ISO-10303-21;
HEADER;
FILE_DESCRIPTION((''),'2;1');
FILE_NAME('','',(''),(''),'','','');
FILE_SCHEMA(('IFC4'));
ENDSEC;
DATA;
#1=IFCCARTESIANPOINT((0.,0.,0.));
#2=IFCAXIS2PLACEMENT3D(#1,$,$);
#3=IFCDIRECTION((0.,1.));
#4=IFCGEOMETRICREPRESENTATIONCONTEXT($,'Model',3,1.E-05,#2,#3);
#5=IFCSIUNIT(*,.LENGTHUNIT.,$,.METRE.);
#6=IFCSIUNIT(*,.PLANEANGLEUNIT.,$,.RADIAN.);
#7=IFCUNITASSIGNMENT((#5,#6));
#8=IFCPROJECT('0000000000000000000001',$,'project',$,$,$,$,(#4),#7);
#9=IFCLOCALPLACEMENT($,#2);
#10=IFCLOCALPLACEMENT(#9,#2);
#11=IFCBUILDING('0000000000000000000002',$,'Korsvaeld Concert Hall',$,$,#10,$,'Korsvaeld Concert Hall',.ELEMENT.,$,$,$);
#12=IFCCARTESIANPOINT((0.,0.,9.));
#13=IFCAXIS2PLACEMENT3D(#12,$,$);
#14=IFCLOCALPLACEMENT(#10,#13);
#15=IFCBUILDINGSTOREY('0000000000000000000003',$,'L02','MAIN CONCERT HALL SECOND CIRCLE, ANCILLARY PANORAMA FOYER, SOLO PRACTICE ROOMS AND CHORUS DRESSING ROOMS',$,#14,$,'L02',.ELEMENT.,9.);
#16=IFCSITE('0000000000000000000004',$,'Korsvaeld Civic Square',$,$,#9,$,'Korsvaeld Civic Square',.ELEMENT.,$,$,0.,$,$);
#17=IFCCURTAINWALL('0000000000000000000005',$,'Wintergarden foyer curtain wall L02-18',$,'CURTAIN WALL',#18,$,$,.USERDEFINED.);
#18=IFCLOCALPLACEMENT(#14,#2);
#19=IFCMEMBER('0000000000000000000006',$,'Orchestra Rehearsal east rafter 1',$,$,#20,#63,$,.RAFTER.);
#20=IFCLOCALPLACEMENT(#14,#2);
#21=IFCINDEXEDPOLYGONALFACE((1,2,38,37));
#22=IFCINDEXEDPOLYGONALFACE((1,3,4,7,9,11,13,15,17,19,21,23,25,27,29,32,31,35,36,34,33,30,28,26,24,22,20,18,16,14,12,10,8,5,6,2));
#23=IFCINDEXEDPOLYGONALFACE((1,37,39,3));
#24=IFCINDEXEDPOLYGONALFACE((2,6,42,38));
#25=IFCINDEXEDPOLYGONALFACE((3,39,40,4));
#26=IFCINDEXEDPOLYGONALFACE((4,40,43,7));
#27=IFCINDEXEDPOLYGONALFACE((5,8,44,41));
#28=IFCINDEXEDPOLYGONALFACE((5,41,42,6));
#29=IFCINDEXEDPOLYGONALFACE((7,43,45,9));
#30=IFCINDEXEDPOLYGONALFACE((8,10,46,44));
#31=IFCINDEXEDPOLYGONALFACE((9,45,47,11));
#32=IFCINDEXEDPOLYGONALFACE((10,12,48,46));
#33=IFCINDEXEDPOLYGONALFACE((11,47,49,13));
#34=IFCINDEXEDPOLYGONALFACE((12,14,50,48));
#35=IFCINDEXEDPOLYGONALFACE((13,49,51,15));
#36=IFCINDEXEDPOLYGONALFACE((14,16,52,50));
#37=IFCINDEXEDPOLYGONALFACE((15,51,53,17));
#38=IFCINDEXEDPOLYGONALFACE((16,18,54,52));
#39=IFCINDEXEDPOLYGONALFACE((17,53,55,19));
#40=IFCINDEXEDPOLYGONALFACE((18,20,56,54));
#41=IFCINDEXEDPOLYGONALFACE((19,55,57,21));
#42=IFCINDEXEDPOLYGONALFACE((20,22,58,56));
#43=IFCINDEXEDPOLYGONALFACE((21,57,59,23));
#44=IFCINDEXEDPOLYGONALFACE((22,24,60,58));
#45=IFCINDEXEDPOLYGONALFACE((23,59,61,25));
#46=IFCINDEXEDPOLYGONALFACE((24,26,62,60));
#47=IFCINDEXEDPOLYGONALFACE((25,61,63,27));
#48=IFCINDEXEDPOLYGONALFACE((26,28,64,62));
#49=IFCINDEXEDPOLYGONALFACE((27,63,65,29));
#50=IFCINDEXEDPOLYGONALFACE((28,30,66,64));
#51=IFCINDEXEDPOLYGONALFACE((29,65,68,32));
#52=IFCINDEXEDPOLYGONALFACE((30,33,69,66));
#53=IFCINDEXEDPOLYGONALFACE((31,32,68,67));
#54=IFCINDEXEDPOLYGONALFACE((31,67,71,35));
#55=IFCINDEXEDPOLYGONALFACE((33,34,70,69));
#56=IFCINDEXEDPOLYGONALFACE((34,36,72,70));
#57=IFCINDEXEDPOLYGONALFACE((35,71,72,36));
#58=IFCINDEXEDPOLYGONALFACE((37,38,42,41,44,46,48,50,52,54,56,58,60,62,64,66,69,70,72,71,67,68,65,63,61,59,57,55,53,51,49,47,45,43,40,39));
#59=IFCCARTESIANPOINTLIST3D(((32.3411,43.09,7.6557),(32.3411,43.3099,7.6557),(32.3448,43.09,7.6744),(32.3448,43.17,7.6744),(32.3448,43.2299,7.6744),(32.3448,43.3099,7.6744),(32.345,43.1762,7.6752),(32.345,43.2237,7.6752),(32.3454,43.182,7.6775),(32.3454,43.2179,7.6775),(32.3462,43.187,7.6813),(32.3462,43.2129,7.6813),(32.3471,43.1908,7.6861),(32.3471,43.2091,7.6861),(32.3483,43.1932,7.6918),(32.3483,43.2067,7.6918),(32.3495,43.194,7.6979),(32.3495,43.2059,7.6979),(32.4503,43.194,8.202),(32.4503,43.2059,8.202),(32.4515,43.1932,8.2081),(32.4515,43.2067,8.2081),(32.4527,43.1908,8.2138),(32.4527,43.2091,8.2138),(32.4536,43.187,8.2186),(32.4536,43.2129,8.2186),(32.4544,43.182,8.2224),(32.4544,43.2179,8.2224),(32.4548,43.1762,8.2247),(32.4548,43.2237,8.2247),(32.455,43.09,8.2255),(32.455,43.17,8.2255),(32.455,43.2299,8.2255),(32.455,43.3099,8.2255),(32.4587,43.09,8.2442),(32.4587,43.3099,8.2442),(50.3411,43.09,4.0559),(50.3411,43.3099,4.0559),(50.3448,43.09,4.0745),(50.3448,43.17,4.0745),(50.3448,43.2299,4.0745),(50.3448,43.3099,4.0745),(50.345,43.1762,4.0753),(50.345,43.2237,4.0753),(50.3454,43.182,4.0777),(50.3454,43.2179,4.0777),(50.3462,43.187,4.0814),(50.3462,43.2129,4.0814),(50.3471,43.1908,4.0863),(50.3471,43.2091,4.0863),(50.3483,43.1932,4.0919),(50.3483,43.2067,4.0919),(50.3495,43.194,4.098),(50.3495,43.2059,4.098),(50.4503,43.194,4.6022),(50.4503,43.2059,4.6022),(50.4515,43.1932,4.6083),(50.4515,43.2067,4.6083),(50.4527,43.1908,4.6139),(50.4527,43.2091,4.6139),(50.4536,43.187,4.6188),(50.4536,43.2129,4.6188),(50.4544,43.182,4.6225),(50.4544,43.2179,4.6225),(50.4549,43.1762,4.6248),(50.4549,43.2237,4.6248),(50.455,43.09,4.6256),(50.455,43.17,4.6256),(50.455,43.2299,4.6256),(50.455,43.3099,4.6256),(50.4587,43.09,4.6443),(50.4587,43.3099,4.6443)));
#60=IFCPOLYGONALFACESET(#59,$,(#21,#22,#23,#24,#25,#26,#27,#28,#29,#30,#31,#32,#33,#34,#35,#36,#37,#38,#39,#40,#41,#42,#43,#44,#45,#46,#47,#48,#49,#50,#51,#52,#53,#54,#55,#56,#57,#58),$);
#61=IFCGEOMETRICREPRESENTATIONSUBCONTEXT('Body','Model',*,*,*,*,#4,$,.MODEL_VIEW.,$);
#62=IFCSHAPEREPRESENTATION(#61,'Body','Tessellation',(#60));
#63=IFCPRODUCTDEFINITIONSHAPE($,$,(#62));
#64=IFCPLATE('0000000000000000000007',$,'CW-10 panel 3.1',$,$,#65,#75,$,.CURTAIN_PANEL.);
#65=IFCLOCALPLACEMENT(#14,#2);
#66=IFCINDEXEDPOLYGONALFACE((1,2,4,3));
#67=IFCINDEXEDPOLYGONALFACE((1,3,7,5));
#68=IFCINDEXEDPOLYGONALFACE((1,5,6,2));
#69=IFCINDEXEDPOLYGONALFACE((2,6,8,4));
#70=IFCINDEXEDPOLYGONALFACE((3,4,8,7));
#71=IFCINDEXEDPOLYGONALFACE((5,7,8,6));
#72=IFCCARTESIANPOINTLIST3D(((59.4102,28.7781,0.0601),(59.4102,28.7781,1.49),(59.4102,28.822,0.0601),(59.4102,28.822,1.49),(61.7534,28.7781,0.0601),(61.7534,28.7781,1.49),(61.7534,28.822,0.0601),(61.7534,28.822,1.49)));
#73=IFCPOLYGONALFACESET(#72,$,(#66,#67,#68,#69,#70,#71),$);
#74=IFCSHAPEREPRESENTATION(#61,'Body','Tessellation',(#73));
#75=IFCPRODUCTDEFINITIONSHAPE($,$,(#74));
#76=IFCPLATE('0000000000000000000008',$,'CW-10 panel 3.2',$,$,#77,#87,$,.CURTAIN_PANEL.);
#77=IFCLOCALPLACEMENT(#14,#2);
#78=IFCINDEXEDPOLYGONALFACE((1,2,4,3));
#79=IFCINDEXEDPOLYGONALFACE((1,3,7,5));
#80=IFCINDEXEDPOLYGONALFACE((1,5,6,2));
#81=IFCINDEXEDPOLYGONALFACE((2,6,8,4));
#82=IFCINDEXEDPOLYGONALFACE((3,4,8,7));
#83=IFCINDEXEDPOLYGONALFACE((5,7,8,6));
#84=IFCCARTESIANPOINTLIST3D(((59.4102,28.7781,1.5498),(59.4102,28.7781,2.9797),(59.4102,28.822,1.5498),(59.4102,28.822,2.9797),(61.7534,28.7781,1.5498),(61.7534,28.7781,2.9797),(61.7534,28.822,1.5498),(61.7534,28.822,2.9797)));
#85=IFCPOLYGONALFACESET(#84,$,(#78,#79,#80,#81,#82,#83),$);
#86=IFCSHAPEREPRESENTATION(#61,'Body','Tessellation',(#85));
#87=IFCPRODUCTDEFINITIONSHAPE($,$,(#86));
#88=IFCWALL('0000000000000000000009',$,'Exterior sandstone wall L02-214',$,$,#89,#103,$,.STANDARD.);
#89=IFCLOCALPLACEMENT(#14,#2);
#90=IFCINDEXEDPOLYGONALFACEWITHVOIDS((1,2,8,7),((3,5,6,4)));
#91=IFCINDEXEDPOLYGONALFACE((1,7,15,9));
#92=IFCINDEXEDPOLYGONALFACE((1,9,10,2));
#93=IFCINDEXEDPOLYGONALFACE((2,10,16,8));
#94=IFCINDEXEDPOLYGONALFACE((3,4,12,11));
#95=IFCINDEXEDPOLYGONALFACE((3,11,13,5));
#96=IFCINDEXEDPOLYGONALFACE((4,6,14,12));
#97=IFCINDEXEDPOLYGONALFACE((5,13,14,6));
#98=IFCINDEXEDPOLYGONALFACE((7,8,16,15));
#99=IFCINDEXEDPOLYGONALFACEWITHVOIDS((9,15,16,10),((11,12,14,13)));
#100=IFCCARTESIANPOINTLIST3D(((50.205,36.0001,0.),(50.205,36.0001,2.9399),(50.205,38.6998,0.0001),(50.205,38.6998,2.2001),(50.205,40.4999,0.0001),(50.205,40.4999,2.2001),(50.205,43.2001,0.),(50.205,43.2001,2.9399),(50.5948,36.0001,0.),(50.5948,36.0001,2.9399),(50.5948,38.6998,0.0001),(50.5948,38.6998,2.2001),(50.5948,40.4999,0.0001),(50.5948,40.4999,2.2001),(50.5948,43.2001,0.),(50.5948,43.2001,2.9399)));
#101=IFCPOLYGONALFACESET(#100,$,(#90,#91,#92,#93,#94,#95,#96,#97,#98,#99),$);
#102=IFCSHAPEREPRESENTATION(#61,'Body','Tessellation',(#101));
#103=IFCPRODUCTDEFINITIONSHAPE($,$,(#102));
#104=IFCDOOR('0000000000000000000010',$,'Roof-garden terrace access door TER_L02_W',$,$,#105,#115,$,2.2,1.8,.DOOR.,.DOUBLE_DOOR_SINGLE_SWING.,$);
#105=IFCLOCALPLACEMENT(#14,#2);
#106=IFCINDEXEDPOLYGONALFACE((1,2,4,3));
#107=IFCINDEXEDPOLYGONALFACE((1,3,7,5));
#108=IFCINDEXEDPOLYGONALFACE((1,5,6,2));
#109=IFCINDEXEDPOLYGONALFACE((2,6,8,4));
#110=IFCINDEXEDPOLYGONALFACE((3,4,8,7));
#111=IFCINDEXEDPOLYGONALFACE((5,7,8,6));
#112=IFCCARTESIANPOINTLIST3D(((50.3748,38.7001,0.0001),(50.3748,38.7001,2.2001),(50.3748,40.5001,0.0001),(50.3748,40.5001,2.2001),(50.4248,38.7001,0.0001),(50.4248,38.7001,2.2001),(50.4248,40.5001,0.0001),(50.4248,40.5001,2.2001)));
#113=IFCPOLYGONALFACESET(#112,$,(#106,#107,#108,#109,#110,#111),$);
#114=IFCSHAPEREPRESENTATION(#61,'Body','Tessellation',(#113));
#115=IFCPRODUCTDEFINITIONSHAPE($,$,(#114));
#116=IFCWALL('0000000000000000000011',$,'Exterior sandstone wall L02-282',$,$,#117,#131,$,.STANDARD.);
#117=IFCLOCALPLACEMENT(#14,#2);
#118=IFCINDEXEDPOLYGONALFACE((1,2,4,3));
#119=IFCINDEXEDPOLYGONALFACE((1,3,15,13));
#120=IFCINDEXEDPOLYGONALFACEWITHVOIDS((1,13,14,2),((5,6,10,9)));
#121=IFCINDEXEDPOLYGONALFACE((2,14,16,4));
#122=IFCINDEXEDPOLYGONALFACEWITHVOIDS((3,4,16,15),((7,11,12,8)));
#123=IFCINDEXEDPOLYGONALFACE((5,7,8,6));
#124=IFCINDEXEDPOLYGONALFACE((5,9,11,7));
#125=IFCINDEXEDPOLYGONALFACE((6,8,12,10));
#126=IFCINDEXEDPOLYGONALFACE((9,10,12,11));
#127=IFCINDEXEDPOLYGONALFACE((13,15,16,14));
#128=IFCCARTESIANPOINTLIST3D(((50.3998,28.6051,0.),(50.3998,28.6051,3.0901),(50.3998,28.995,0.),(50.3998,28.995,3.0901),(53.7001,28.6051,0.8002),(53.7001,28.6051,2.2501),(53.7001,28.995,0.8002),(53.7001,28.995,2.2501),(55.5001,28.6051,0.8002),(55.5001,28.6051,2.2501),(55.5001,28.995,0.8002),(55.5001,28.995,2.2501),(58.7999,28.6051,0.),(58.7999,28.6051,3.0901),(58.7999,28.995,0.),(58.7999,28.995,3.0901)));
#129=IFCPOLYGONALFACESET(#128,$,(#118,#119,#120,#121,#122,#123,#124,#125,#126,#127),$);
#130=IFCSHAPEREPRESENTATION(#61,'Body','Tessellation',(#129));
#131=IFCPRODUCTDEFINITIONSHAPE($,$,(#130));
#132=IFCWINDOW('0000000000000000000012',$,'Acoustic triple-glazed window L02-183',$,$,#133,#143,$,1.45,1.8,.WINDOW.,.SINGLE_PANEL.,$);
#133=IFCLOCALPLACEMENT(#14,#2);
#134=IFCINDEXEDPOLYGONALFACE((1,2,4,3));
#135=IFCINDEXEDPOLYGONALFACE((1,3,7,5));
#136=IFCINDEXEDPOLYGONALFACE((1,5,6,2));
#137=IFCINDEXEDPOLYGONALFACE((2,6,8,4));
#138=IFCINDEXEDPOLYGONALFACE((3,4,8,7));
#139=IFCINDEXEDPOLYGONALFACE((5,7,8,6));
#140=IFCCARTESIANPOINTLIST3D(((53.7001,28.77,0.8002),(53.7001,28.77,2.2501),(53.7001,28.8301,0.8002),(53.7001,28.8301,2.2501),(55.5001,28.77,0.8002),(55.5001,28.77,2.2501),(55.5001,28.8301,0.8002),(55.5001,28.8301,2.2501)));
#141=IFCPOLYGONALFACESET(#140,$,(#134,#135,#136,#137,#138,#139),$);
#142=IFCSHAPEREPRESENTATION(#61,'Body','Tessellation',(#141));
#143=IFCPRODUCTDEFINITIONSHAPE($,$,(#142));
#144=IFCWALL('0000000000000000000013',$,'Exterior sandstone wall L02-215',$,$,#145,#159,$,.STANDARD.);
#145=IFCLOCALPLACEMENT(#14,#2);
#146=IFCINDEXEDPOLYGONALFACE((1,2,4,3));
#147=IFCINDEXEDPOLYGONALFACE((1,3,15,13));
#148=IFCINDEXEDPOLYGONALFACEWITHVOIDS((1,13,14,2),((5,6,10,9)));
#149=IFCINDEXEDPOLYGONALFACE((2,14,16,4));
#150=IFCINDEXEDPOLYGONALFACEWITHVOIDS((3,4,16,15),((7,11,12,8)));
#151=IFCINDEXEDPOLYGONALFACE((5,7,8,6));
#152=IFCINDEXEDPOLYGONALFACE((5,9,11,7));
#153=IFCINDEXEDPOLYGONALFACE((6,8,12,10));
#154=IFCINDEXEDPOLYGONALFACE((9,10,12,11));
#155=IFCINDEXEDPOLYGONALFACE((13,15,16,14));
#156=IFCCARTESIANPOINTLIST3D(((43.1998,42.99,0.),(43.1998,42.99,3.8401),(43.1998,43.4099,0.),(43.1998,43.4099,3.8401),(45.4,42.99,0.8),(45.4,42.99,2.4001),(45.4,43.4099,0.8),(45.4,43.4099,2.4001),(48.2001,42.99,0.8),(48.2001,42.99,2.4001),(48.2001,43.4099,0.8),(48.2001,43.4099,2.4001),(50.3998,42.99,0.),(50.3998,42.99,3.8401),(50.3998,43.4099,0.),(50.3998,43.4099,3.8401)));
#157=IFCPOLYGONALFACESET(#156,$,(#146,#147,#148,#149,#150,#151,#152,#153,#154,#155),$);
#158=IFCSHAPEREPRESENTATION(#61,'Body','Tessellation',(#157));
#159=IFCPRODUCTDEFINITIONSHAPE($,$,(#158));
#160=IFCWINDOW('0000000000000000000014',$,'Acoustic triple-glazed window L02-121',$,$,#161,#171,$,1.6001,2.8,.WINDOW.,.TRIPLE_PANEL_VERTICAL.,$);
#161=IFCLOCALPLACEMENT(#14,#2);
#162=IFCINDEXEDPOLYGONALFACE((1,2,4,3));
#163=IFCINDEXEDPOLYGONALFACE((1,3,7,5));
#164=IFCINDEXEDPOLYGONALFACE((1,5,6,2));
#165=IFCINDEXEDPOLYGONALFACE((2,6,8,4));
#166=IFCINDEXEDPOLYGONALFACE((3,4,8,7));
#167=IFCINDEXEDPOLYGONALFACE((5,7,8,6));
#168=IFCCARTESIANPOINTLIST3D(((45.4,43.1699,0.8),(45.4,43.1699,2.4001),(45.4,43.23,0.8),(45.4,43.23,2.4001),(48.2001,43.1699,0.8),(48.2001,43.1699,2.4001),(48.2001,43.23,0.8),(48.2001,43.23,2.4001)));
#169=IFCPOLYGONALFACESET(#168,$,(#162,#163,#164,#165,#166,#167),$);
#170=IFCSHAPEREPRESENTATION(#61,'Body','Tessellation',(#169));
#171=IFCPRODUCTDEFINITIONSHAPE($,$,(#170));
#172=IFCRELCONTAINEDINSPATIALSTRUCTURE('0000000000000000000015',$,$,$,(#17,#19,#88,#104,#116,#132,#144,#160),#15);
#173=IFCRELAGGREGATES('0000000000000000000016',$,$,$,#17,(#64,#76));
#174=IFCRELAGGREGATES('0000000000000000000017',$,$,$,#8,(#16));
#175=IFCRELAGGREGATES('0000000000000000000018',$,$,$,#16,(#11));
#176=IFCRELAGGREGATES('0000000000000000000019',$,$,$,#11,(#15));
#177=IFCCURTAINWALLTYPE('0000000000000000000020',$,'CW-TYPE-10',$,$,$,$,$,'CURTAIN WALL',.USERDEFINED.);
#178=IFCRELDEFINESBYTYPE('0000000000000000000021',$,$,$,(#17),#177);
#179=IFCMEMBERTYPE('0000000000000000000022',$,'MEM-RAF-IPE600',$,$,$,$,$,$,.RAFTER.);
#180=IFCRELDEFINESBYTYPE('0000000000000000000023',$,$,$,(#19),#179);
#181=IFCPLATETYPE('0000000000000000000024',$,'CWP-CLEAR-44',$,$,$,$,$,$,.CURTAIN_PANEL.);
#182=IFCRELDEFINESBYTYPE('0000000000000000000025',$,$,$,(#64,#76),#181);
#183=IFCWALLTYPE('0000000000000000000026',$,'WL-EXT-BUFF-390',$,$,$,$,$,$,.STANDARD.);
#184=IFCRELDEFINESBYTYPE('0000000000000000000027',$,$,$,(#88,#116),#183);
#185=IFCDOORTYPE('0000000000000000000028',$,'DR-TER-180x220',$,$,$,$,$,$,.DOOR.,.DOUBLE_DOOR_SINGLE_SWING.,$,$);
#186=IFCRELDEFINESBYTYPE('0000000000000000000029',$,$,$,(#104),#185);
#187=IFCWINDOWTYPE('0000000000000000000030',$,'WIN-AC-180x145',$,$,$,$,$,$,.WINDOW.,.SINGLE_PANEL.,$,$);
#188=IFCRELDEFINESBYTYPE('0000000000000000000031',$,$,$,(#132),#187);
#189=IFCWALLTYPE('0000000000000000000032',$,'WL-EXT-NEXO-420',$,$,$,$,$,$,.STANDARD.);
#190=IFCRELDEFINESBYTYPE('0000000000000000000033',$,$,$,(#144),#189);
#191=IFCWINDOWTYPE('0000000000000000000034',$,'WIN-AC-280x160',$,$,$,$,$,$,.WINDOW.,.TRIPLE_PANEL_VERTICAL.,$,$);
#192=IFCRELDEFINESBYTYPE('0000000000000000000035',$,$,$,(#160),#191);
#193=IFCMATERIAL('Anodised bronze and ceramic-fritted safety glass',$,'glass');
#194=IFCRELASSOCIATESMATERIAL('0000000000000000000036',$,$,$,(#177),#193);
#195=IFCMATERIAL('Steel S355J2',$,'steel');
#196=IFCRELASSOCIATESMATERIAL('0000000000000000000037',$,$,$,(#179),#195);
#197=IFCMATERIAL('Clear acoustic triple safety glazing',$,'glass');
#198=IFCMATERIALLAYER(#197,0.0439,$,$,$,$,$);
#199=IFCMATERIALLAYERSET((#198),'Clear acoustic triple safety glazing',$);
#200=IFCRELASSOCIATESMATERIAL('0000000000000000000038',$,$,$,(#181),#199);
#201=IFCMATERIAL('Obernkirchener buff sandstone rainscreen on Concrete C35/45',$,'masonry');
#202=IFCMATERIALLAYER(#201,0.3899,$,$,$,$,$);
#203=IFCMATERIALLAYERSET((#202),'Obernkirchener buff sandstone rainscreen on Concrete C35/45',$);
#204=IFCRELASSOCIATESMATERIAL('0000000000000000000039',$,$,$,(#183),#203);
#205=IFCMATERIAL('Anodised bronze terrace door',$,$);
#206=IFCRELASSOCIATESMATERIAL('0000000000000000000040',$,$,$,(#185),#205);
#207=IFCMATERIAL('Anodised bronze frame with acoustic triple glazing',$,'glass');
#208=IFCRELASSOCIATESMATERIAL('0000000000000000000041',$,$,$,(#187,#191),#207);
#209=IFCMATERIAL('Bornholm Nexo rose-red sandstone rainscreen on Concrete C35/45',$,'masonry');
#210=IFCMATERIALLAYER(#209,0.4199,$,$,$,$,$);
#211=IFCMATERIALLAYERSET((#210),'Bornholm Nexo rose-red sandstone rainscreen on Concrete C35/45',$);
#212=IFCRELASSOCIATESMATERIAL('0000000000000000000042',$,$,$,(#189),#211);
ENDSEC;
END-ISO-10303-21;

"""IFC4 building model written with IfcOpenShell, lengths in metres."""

from ifc_helpers import new_model, si_unit, direction, frame, frame_2d, origin, origin_2d, place, context, subcontext, project, spatial, rectangle, i_section, extrude, material, layer, layer_set, material_profile, profile_set, type_object, element, fill, aggregate, save


model = new_model("IFC4")

# Units and contexts
model_context = context("Model", 3, precision=1e-05, world=origin(), true_north=direction((0.0, 1.0)))
body_context = subcontext(model_context, "Body", "Model", "MODEL_VIEW")
ifc_project = project(units=[si_unit("LENGTHUNIT", "METRE"), si_unit("PLANEANGLEUNIT", "RADIAN")], contexts=[model_context])

# Site, building, storey
site_placement = place(None, origin())
site = spatial("IfcSite", under=ifc_project, at=site_placement, Name="Korsvaeld Civic Square", LongName="Korsvaeld Civic Square", CompositionType="ELEMENT", RefElevation=0.0)
building_placement = place(site_placement, origin())
building = spatial("IfcBuilding", under=site, at=building_placement, Name="Korsvaeld Concert Hall", LongName="Korsvaeld Concert Hall", CompositionType="ELEMENT")
storey_placement = place(building_placement, frame((0.0, 0.0, 9.0)))
storey = spatial("IfcBuildingStorey", under=building, at=storey_placement, Name="L02", Description="MAIN CONCERT HALL SECOND CIRCLE, ANCILLARY PANORAMA FOYER, SOLO PRACTICE ROOMS AND CHORUS DRESSING ROOMS", LongName="L02", CompositionType="ELEMENT", Elevation=9.0)

# Shared definitions
ifc_material_1 = material(Name="Steel S355J2", Category="steel")

# Curtain wall
ifc_material_2 = material(Name="Anodised bronze and ceramic-fritted safety glass", Category="glass")
curtain_wall_type_1 = type_object("IfcCurtainWallType", Name="CW-TYPE-10", ElementType="CURTAIN WALL", PredefinedType="USERDEFINED", material=ifc_material_2)
curtain_wall_1_placement = place(storey_placement, origin())
curtain_wall_1 = element("IfcCurtainWall", 1, at=curtain_wall_1_placement, inside=storey, type_object=curtain_wall_type_1, Name="Wintergarden foyer curtain wall L02-18", ObjectType="CURTAIN WALL", PredefinedType="USERDEFINED")

# Member
ifc_material_profile_1 = material_profile(ifc_material_1, i_section(OverallWidth=0.22, OverallDepth=0.6001, WebThickness=0.012, FlangeThickness=0.019, FilletRadius=0.0239, at=origin_2d()), Name="IPE 600")
ifc_profile_set_1 = profile_set([ifc_material_profile_1], Name="Steel S355J2")
member_type_1 = type_object("IfcMemberType", Name="MEM-RAF-IPE600", PredefinedType="RAFTER", material=ifc_profile_set_1)
member_1_placement = place(storey_placement, frame((50.3999, 43.2, 4.3501), z_axis=(-0.980582, 0.0, 0.196108), x_axis=(0.0, -1.0, 0.0)))
element("IfcMember", 2, at=member_1_placement, inside=storey, type_object=member_type_1, Name="Orchestra Rehearsal east rafter 1", PredefinedType="RAFTER", context=body_context, shape_type="SweptSolid", body=[
    extrude(i_section(OverallWidth=0.22, OverallDepth=0.6001, WebThickness=0.012, FlangeThickness=0.019, FilletRadius=0.0239, at=origin_2d()), origin(), (0.0, 0.0, 1.0), 18.3564),
])

# Plates
ifc_material_3 = material(Name="Clear acoustic triple safety glazing", Category="glass")
ifc_layer_1 = layer(ifc_material_3, 0.0439)
ifc_layer_set_1 = layer_set([ifc_layer_1], Name="Clear acoustic triple safety glazing")
plate_type = type_object("IfcPlateType", Name="CWP-CLEAR-44", PredefinedType="CURTAIN_PANEL", material=ifc_layer_set_1)
plate_1_placement = place(storey_placement, frame((60.5818, 28.8, 0.0601), z_axis=(0.0, 0.0, 1.0), x_axis=(-1.0, 0.0, 0.0)))
plate_1 = element("IfcPlate", 3, at=plate_1_placement, type_object=plate_type, Name="CW-10 panel 3.1", PredefinedType="CURTAIN_PANEL", context=body_context, shape_type="SweptSolid", body=[
    extrude(rectangle(XDim=2.3433, YDim=0.0439, at=origin_2d()), origin(), (0.0, 0.0, 1.0), 1.4299),
])
plate_2_placement = place(storey_placement, frame((60.5818, 28.8, 1.5498), z_axis=(0.0, 0.0, 1.0), x_axis=(-1.0, 0.0, 0.0)))
plate_2 = element("IfcPlate", 4, at=plate_2_placement, type_object=plate_type, Name="CW-10 panel 3.2", PredefinedType="CURTAIN_PANEL", context=body_context, shape_type="SweptSolid", body=[
    extrude(rectangle(XDim=2.3433, YDim=0.0439, at=origin_2d()), origin(), (0.0, 0.0, 1.0), 1.4299),
])
aggregate(curtain_wall_1, [plate_1, plate_2])

# Wall, opening, door
ifc_material_4 = material(Name="Obernkirchener buff sandstone rainscreen on Concrete C35/45", Category="masonry")
ifc_layer_2 = layer(ifc_material_4, 0.3899)
ifc_layer_set_2 = layer_set([ifc_layer_2], Name="Obernkirchener buff sandstone rainscreen on Concrete C35/45")
wall_type_1 = type_object("IfcWallType", Name="WL-EXT-BUFF-390", PredefinedType="STANDARD", material=ifc_layer_set_2)
wall_1_placement = place(storey_placement, frame((50.3999, 36.0, 0.0), z_axis=(0.0, 0.0, 1.0), x_axis=(0.0, 1.0, 0.0)))
wall_1 = element("IfcWall", 5, at=wall_1_placement, inside=storey, type_object=wall_type_1, Name="Exterior sandstone wall L02-214", PredefinedType="STANDARD", context=body_context, shape_type="SweptSolid", body=[
    extrude(rectangle(XDim=7.2, YDim=0.3899, at=frame_2d((3.6001, 0.0))), origin(), (0.0, 0.0, 1.0), 2.9399),
])
opening_1_placement = place(wall_1_placement, frame((2.7, 0.0, 0.0)))
opening_1 = element("IfcOpeningElement", 6, at=opening_1_placement, cuts=wall_1, PredefinedType="OPENING", context=body_context, shape_type="SweptSolid", body=[
    extrude(rectangle(XDim=1.8, YDim=2.2, at=frame_2d((0.8999, 1.1001))), frame((0.0, 0.2051, 0.0), z_axis=(0.0, -1.0, 0.0), x_axis=(1.0, 0.0, 0.0)), (0.0, 0.0, 1.0), 0.4099),
])
ifc_material_5 = material(Name="Anodised bronze terrace door")
door_type = type_object("IfcDoorType", Name="DR-TER-180x220", OperationType="DOUBLE_DOOR_SINGLE_SWING", PredefinedType="DOOR", material=ifc_material_5)
door_placement = place(opening_1_placement, frame((1.8, 0.0, 0.0), z_axis=(0.0, 0.0, 1.0), x_axis=(-1.0, 0.0, 0.0)))
door = element("IfcDoor", 7, at=door_placement, inside=storey, type_object=door_type, Name="Roof-garden terrace access door TER_L02_W", OperationType="DOUBLE_DOOR_SINGLE_SWING", OverallHeight=2.2, OverallWidth=1.8, PredefinedType="DOOR", context=body_context, shape_type="SweptSolid", body=[
    extrude(rectangle(XDim=1.8, YDim=2.2, at=frame_2d((0.8999, 1.1001))), frame((0.0, 0.0249, 0.0), z_axis=(0.0, -1.0, 0.0), x_axis=(1.0, 0.0, 0.0)), (0.0, 0.0, 1.0), 0.05),
])
fill(opening_1, door)

# Walls, openings, windows
wall_2_placement = place(storey_placement, frame((58.8, 28.8, 0.0), z_axis=(0.0, 0.0, 1.0), x_axis=(-1.0, 0.0, 0.0)))
wall_2 = element("IfcWall", 8, at=wall_2_placement, inside=storey, type_object=wall_type_1, Name="Exterior sandstone wall L02-282", PredefinedType="STANDARD", context=body_context, shape_type="SweptSolid", body=[
    extrude(rectangle(XDim=8.4001, YDim=0.3899, at=frame_2d((4.2002, 0.0))), origin(), (0.0, 0.0, 1.0), 3.0901),
])
opening_2_placement = place(wall_2_placement, frame((3.3, 0.0, 0.8)))
opening_2 = element("IfcOpeningElement", 9, at=opening_2_placement, cuts=wall_2, PredefinedType="OPENING", context=body_context, shape_type="SweptSolid", body=[
    extrude(rectangle(XDim=1.8, YDim=1.45, at=frame_2d((0.8999, 0.7251))), frame((0.0, 0.2051, 0.0), z_axis=(0.0, -1.0, 0.0), x_axis=(1.0, 0.0, 0.0)), (0.0, 0.0, 1.0), 0.4099),
])
ifc_material_6 = material(Name="Anodised bronze frame with acoustic triple glazing", Category="glass")
window_type_1 = type_object("IfcWindowType", Name="WIN-AC-180x145", PartitioningType="SINGLE_PANEL", PredefinedType="WINDOW", material=ifc_material_6)
window_1_placement = place(opening_2_placement, origin())
window_1 = element("IfcWindow", 10, at=window_1_placement, inside=storey, type_object=window_type_1, Name="Acoustic triple-glazed window L02-183", OverallHeight=1.45, OverallWidth=1.8, PartitioningType="SINGLE_PANEL", PredefinedType="WINDOW", context=body_context, shape_type="SweptSolid", body=[
    extrude(rectangle(XDim=1.8, YDim=1.45, at=frame_2d((0.8999, 0.7251))), frame((0.0, 0.03, 0.0), z_axis=(0.0, -1.0, 0.0), x_axis=(1.0, 0.0, 0.0)), (0.0, 0.0, 1.0), 0.0601),
])
fill(opening_2, window_1)
ifc_material_7 = material(Name="Bornholm Nexo rose-red sandstone rainscreen on Concrete C35/45", Category="masonry")
ifc_layer_3 = layer(ifc_material_7, 0.4199)
ifc_layer_set_3 = layer_set([ifc_layer_3], Name="Bornholm Nexo rose-red sandstone rainscreen on Concrete C35/45")
wall_type_2 = type_object("IfcWallType", Name="WL-EXT-NEXO-420", PredefinedType="STANDARD", material=ifc_layer_set_3)
wall_3_placement = place(storey_placement, frame((50.3999, 43.2, 0.0), z_axis=(0.0, 0.0, 1.0), x_axis=(-1.0, 0.0, 0.0)))
wall_3 = element("IfcWall", 11, at=wall_3_placement, inside=storey, type_object=wall_type_2, Name="Exterior sandstone wall L02-215", PredefinedType="STANDARD", context=body_context, shape_type="SweptSolid", body=[
    extrude(rectangle(XDim=7.2, YDim=0.4199, at=frame_2d((3.6001, 0.0))), origin(), (0.0, 0.0, 1.0), 3.8401),
])
opening_3_placement = place(wall_3_placement, frame((2.2, 0.0, 0.8)))
opening_3 = element("IfcOpeningElement", 12, at=opening_3_placement, cuts=wall_3, PredefinedType="OPENING", context=body_context, shape_type="SweptSolid", body=[
    extrude(rectangle(XDim=2.8, YDim=1.6001, at=frame_2d((1.3999, 0.8))), frame((0.0, 0.22, 0.0), z_axis=(0.0, -1.0, 0.0), x_axis=(1.0, 0.0, 0.0)), (0.0, 0.0, 1.0), 0.4399),
])
window_type_2 = type_object("IfcWindowType", Name="WIN-AC-280x160", PartitioningType="TRIPLE_PANEL_VERTICAL", PredefinedType="WINDOW", material=ifc_material_6)
window_2_placement = place(opening_3_placement, origin())
window_2 = element("IfcWindow", 13, at=window_2_placement, inside=storey, type_object=window_type_2, Name="Acoustic triple-glazed window L02-121", OverallHeight=1.6001, OverallWidth=2.8, PartitioningType="TRIPLE_PANEL_VERTICAL", PredefinedType="WINDOW", context=body_context, shape_type="SweptSolid", body=[
    extrude(rectangle(XDim=2.8, YDim=1.6001, at=frame_2d((1.3999, 0.8))), frame((0.0, 0.03, 0.0), z_axis=(0.0, -1.0, 0.0), x_axis=(1.0, 0.0, 0.0)), (0.0, 0.0, 1.0), 0.0601),
])
fill(opening_3, window_2)

save(model, "model.ifc")
